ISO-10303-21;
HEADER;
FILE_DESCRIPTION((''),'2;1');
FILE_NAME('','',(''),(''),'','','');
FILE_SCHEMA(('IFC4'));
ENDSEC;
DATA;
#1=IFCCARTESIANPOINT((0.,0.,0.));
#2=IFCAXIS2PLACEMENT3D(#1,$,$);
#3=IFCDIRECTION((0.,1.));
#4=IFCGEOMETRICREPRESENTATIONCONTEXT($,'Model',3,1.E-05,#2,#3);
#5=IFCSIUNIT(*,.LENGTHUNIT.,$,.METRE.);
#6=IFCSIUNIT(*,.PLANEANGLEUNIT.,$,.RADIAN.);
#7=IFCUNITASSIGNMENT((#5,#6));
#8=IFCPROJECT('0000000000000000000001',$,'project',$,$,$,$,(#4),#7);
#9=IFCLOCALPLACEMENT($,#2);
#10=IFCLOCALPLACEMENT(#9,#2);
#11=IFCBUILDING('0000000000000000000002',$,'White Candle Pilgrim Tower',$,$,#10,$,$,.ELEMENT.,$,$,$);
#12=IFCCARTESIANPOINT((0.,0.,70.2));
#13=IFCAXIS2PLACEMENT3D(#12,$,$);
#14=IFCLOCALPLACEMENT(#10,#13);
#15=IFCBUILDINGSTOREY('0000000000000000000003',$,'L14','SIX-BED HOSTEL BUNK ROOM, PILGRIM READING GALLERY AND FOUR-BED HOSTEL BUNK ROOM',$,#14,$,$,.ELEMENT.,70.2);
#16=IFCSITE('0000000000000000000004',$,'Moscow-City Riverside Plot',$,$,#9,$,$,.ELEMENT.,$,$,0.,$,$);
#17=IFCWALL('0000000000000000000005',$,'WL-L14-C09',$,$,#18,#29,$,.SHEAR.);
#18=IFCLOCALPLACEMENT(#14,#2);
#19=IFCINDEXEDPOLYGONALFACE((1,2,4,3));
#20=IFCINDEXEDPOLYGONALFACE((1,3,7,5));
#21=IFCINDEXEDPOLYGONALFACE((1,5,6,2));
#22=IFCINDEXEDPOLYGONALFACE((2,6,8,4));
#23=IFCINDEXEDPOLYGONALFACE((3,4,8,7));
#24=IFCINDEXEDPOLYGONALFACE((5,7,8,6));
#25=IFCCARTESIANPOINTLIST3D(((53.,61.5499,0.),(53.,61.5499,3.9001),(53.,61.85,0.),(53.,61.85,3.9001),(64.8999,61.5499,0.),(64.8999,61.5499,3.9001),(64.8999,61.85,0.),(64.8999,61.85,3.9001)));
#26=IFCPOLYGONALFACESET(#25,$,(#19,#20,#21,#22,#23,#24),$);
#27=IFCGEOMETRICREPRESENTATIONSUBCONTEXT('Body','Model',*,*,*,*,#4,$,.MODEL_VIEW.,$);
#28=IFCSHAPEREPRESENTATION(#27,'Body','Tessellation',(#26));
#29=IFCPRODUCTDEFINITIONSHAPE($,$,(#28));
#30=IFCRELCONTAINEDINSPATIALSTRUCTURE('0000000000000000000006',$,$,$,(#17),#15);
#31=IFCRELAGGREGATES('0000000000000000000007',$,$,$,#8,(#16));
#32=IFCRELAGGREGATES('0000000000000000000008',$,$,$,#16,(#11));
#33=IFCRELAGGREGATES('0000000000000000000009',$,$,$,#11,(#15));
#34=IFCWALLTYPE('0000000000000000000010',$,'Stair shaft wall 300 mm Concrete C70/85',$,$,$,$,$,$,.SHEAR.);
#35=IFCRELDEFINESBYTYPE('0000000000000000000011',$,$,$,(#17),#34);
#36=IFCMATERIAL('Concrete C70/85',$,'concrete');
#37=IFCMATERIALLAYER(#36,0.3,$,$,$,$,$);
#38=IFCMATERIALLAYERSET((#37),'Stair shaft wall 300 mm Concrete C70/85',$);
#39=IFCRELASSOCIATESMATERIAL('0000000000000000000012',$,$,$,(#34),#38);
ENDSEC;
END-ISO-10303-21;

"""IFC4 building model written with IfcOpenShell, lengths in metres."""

from ifc_helpers import new_model, si_unit, direction, frame, frame_2d, origin, place, context, subcontext, project, spatial, rectangle, extrude, material, layer, layer_set, type_object, element, save


model = new_model("IFC4")

# Units and contexts
model_context = context("Model", 3, precision=1e-05, world=origin(), true_north=direction((0.0, 1.0)))
body_context = subcontext(model_context, "Body", "Model", "MODEL_VIEW")
ifc_project = project(units=[si_unit("LENGTHUNIT", "METRE"), si_unit("PLANEANGLEUNIT", "RADIAN")], contexts=[model_context])

# Site, building, storey
site_placement = place(None, origin())
site = spatial("IfcSite", under=ifc_project, at=site_placement, Name="Moscow-City Riverside Plot", CompositionType="ELEMENT", RefElevation=0.0)
building_placement = place(site_placement, origin())
building = spatial("IfcBuilding", under=site, at=building_placement, Name="White Candle Pilgrim Tower", CompositionType="ELEMENT")
storey_placement = place(building_placement, frame((0.0, 0.0, 70.2)))
storey = spatial("IfcBuildingStorey", under=building, at=storey_placement, Name="L14", Description="SIX-BED HOSTEL BUNK ROOM, PILGRIM READING GALLERY AND FOUR-BED HOSTEL BUNK ROOM", CompositionType="ELEMENT", Elevation=70.2)

# Wall
ifc_material_1 = material(Name="Concrete C70/85", Category="concrete")
ifc_layer_1 = layer(ifc_material_1, 0.3)
ifc_layer_set_1 = layer_set([ifc_layer_1], Name="Stair shaft wall 300 mm Concrete C70/85")
wall_type_1 = type_object("IfcWallType", Name="Stair shaft wall 300 mm Concrete C70/85", PredefinedType="SHEAR", material=ifc_layer_set_1)
wall_1_placement = place(storey_placement, frame((53.0, 61.7, 0.0), z_axis=(0.0, 0.0, 1.0), x_axis=(1.0, 0.0, 0.0)))
element("IfcWall", 1, at=wall_1_placement, inside=storey, type_object=wall_type_1, Name="WL-L14-C09", PredefinedType="SHEAR", context=body_context, shape_type="SweptSolid", body=[
    extrude(rectangle(XDim=11.8999, YDim=0.3, at=frame_2d((5.95, 0.0))), origin(), (0.0, 0.0, 1.0), 3.9001),
])

save(model, "model.ifc")
